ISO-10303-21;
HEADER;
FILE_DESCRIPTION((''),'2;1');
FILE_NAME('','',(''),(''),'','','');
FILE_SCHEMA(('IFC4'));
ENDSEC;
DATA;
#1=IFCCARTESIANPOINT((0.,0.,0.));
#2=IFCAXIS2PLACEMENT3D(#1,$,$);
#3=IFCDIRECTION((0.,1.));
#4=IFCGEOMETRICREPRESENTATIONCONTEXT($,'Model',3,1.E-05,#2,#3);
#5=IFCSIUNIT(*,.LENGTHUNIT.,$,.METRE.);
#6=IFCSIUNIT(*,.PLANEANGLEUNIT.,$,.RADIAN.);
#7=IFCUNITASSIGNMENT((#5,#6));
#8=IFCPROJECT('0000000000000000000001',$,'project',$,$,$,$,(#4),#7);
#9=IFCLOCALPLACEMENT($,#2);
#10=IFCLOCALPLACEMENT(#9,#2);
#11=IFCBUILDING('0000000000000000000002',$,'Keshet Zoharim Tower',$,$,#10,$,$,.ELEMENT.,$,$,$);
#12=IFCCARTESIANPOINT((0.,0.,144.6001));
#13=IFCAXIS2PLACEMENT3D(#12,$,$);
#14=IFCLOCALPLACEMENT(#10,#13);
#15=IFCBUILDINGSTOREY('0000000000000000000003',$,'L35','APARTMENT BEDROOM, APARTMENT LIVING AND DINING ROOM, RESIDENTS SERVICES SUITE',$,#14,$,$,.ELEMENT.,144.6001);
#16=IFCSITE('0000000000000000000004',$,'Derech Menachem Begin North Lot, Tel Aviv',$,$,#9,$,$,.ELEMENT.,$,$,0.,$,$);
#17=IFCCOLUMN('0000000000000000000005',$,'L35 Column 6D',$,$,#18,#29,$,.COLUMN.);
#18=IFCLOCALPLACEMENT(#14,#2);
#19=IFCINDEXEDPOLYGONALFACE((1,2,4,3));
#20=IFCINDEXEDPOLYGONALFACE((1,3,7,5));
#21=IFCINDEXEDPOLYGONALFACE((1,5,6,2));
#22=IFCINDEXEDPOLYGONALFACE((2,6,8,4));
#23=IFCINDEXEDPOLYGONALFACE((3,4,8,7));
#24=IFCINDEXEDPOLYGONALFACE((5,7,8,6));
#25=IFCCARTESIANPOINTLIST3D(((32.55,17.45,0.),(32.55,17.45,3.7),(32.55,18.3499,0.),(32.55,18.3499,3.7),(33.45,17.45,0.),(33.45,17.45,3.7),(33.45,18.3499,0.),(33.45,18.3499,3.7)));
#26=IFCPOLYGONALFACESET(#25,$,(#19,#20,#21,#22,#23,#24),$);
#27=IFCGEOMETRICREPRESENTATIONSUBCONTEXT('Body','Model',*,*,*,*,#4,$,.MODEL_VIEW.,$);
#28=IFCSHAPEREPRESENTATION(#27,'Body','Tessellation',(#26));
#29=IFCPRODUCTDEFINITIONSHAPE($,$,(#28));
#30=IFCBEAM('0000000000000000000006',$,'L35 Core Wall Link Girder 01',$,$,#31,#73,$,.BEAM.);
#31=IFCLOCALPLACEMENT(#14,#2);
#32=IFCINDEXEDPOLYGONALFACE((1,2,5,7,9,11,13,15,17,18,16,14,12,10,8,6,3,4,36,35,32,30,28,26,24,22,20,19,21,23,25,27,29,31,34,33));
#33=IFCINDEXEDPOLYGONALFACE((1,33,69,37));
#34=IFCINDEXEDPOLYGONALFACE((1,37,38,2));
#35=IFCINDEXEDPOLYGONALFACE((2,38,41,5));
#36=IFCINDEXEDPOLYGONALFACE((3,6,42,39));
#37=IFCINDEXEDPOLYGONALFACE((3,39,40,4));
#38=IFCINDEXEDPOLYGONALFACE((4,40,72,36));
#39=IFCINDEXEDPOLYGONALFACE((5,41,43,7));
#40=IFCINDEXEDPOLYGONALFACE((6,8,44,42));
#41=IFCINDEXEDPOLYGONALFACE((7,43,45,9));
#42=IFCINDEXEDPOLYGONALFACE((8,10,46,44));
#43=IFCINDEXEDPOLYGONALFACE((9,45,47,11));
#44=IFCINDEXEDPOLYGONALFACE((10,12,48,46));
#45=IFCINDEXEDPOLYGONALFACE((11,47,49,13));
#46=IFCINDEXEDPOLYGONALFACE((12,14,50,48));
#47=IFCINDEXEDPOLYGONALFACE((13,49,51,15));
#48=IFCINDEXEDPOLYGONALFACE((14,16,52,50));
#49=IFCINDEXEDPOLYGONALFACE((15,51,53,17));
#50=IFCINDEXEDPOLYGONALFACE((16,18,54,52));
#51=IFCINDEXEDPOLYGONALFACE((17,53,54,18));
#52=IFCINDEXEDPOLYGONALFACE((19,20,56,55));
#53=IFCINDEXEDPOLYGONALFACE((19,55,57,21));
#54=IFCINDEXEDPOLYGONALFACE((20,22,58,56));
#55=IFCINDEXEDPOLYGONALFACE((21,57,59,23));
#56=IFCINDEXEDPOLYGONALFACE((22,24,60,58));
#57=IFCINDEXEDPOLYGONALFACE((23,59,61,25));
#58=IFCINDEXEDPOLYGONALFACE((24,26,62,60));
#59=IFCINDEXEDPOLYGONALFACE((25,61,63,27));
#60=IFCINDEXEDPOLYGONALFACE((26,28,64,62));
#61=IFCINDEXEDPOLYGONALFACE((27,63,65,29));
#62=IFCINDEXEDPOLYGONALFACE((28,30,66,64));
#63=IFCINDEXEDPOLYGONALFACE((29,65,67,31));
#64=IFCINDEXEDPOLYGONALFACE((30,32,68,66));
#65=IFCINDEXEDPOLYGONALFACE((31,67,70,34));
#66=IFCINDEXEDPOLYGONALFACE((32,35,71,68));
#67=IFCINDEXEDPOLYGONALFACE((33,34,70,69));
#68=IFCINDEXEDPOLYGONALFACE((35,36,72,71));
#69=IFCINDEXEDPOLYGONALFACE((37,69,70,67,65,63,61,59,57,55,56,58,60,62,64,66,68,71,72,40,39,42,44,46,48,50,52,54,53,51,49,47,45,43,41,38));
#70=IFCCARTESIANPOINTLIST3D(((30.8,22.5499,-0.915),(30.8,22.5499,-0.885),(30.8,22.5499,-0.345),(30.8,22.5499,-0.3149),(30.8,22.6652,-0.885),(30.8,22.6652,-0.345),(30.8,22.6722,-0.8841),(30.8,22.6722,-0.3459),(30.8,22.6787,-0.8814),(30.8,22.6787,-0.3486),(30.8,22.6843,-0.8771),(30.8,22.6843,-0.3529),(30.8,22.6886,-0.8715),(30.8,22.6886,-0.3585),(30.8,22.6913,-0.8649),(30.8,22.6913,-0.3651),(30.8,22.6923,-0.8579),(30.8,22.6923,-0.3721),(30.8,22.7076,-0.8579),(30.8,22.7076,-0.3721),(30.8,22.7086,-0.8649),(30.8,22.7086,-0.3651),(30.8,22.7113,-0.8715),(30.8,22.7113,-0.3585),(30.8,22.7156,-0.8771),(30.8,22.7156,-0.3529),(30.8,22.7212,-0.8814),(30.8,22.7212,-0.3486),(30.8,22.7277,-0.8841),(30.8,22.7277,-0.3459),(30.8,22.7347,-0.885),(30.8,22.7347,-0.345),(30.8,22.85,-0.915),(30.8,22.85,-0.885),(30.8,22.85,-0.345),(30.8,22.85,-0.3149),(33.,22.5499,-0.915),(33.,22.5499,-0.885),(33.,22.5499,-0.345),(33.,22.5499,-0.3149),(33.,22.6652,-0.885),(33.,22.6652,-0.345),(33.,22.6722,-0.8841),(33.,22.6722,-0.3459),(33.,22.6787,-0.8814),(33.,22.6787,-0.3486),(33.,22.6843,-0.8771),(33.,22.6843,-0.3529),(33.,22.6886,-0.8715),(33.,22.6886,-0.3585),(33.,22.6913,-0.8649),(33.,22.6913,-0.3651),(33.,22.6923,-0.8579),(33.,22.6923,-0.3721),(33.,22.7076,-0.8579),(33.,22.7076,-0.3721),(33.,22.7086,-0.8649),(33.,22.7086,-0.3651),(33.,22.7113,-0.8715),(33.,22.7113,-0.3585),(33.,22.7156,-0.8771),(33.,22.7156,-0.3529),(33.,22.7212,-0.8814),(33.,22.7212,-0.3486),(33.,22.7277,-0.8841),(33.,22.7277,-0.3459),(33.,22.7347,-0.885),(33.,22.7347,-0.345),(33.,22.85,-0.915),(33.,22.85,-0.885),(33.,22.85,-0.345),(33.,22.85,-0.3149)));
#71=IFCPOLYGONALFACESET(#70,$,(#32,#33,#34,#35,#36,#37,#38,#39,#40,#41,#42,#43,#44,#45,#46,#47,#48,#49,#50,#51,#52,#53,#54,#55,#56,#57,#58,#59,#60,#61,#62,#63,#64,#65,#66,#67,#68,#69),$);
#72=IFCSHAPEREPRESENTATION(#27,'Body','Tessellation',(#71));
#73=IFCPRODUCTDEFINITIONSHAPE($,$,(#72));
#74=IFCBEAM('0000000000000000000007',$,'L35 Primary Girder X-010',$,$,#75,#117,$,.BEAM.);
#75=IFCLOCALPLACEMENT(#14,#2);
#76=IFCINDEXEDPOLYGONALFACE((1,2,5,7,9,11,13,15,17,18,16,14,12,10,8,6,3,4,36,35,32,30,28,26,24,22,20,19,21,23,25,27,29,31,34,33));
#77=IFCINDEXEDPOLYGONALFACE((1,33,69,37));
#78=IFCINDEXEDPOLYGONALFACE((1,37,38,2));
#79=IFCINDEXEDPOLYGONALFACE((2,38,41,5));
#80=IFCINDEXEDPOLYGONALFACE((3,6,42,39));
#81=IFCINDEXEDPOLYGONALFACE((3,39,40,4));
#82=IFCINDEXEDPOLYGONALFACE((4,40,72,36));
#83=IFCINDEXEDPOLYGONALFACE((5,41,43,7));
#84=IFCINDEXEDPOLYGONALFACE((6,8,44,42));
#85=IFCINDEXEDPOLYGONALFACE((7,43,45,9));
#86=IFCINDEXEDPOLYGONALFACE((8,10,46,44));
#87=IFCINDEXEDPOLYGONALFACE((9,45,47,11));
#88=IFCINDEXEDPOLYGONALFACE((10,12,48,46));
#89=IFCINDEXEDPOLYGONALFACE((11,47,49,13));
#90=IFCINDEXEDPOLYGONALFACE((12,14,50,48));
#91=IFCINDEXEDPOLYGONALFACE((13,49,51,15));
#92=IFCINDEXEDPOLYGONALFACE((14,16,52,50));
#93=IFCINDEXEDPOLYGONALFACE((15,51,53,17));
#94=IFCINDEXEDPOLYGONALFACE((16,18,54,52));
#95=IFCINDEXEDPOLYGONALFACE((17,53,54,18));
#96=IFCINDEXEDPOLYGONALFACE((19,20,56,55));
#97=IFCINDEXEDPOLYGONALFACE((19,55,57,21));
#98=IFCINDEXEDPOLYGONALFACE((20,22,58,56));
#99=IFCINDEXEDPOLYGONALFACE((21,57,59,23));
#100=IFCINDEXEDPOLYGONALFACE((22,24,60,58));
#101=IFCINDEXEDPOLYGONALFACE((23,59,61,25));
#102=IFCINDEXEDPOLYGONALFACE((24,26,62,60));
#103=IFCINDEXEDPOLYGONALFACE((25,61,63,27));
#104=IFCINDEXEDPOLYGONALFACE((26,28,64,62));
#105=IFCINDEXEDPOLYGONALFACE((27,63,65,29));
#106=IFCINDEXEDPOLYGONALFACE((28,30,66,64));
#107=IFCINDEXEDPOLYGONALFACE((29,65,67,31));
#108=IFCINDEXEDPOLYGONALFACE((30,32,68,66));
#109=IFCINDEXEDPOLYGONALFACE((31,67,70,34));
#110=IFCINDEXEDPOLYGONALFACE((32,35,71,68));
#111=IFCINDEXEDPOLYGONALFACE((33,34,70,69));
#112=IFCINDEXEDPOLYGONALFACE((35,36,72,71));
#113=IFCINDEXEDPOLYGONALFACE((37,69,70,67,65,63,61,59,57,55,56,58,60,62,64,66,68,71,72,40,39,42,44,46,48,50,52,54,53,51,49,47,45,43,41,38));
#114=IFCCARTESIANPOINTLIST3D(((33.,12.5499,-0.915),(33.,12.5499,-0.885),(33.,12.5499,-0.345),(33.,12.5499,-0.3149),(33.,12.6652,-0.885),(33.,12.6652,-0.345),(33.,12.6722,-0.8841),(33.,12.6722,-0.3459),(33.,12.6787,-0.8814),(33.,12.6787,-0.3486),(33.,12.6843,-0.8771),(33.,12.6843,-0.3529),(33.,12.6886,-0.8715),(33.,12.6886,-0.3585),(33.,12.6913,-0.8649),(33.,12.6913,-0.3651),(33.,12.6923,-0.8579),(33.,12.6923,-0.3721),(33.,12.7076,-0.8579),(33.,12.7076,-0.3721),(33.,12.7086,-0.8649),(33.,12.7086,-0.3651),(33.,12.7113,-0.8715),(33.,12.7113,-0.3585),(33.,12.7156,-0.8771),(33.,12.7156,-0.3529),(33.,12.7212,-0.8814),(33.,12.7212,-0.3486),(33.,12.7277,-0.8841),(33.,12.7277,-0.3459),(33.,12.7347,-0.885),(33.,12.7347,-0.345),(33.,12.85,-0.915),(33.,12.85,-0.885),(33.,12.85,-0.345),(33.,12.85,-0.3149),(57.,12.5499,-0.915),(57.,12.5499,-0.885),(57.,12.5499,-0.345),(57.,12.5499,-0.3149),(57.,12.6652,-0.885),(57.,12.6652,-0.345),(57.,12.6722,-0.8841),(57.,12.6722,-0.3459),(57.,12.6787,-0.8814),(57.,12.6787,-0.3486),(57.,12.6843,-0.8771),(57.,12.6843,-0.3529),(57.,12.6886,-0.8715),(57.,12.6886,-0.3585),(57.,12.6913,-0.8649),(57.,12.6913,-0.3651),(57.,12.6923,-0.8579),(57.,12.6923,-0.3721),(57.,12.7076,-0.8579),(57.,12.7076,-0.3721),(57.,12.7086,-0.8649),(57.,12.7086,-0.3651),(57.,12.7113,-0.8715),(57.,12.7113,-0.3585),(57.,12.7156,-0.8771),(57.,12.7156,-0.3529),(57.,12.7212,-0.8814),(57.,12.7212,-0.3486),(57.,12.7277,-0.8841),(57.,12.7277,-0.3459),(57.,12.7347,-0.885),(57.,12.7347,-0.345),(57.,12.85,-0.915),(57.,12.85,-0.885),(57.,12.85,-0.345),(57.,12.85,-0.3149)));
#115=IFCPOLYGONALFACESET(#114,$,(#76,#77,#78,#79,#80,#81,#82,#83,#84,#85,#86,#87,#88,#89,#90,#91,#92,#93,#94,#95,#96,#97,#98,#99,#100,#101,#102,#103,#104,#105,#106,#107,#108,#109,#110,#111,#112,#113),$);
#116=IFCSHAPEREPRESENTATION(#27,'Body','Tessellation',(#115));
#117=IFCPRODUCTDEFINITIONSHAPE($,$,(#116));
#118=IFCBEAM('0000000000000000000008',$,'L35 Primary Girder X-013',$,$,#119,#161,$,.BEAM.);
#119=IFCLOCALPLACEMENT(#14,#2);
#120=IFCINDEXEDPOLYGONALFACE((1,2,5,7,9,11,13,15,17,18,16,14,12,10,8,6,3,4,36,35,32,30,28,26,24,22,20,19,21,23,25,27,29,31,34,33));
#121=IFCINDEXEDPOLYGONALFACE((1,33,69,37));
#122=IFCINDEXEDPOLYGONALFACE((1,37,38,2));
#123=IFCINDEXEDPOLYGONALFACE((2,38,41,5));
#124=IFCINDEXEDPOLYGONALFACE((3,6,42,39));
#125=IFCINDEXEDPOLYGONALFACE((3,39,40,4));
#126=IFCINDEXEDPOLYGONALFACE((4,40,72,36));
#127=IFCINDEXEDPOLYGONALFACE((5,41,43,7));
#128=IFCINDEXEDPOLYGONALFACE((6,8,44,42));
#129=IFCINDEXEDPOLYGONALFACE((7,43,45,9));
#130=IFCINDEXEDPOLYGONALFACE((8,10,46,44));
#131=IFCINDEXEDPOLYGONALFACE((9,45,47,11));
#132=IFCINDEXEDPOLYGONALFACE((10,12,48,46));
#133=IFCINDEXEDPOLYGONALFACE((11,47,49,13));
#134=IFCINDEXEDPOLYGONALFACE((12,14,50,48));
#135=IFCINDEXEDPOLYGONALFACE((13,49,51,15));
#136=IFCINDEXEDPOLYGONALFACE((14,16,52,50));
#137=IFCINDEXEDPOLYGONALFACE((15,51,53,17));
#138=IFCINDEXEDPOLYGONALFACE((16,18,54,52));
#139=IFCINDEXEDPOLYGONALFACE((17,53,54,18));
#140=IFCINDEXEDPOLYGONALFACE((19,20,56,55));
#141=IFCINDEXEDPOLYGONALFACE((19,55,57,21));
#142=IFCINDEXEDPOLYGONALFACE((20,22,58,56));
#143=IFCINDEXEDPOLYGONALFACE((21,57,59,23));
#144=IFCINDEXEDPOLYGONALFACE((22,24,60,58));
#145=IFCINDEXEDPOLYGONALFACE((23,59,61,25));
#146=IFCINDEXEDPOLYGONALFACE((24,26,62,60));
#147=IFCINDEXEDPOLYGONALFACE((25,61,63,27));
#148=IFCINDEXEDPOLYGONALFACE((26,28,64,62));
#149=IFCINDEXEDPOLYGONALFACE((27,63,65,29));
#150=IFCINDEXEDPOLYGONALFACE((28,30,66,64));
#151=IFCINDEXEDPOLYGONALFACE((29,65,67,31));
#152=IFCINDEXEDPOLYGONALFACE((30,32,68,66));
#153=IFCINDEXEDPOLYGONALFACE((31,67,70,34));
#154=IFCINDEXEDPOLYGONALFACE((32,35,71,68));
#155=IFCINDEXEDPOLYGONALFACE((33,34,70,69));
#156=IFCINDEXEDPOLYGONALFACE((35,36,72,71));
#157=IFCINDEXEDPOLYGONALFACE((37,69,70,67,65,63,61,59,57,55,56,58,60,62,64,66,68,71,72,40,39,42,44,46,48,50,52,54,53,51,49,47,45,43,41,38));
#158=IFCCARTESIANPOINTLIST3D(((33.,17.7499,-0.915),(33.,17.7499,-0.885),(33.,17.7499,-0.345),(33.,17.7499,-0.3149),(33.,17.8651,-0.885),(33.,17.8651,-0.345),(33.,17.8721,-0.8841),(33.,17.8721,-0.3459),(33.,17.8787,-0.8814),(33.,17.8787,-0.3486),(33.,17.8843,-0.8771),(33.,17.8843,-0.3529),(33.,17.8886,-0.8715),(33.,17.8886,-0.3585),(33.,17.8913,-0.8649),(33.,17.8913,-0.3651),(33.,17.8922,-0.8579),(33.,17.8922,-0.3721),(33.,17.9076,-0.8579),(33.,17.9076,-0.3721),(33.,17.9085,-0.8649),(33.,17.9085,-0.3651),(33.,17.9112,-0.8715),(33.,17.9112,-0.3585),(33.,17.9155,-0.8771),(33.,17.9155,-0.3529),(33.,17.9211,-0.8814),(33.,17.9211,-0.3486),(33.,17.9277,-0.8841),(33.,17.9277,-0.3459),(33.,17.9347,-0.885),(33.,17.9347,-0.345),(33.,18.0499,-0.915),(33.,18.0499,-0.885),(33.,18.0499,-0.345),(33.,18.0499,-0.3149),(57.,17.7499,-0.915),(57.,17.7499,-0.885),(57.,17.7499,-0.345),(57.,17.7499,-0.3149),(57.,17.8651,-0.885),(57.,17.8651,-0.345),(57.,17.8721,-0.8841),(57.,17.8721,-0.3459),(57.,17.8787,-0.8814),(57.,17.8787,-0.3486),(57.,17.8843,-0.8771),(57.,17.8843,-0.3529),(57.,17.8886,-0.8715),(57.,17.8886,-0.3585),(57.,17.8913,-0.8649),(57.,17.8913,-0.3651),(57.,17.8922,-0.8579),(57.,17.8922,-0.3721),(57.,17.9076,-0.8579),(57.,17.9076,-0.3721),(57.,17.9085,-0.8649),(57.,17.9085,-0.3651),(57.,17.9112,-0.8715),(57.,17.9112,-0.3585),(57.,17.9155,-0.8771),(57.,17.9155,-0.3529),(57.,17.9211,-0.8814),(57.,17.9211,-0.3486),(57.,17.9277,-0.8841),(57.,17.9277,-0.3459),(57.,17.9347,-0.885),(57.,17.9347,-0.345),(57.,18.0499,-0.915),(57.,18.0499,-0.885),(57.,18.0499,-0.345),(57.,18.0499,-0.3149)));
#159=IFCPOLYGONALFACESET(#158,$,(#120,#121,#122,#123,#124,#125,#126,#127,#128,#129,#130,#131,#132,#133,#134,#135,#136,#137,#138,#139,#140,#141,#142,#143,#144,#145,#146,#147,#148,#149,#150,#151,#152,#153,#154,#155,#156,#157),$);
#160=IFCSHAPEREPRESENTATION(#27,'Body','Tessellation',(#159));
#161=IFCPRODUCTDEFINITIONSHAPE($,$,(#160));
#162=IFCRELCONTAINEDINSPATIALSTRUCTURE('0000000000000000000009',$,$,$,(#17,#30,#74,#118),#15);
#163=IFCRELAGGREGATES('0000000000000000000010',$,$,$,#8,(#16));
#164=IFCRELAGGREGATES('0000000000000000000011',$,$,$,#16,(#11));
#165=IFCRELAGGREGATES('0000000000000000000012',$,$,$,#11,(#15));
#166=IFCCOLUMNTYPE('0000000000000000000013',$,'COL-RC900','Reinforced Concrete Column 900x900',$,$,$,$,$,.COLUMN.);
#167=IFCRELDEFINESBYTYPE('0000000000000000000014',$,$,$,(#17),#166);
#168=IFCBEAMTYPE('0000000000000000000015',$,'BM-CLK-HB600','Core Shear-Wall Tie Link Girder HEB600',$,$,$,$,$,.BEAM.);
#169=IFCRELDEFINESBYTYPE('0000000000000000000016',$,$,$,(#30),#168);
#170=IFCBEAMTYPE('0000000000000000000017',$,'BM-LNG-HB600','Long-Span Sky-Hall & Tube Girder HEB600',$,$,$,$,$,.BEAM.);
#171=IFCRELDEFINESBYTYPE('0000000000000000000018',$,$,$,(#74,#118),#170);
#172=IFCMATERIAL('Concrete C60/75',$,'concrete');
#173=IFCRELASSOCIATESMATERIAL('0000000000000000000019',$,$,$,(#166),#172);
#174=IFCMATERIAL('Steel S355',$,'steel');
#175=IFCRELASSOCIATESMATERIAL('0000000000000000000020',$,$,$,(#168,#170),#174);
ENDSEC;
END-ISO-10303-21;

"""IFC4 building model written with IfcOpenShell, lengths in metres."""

from ifc_helpers import new_model, si_unit, direction, frame, origin, origin_2d, place, context, subcontext, project, spatial, rectangle, i_section, extrude, material, material_profile, profile_set, type_object, element, save


model = new_model("IFC4")

# Units and contexts
model_context = context("Model", 3, precision=1e-05, world=origin(), true_north=direction((0.0, 1.0)))
body_context = subcontext(model_context, "Body", "Model", "MODEL_VIEW")
ifc_project = project(units=[si_unit("LENGTHUNIT", "METRE"), si_unit("PLANEANGLEUNIT", "RADIAN")], contexts=[model_context])

# Site, building, storey
site_placement = place(None, origin())
site = spatial("IfcSite", under=ifc_project, at=site_placement, Name="Derech Menachem Begin North Lot, Tel Aviv", CompositionType="ELEMENT", RefElevation=0.0)
building_placement = place(site_placement, origin())
building = spatial("IfcBuilding", under=site, at=building_placement, Name="Keshet Zoharim Tower", CompositionType="ELEMENT")
storey_placement = place(building_placement, frame((0.0, 0.0, 144.6001)))
storey = spatial("IfcBuildingStorey", under=building, at=storey_placement, Name="L35", Description="APARTMENT BEDROOM, APARTMENT LIVING AND DINING ROOM, RESIDENTS SERVICES SUITE", CompositionType="ELEMENT", Elevation=144.6001)

# Column
ifc_material_1 = material(Name="Concrete C60/75", Category="concrete")
ifc_material_profile_1 = material_profile(ifc_material_1, rectangle(XDim=0.8999, YDim=0.8999, at=origin_2d()), Name="RC900x900")
ifc_profile_set_1 = profile_set([ifc_material_profile_1], Name="Concrete C60/75")
column_type = type_object("IfcColumnType", Name="COL-RC900", Description="Reinforced Concrete Column 900x900", PredefinedType="COLUMN", material=ifc_profile_set_1)
column_placement = place(storey_placement, frame((33.0, 17.8999, 0.0), z_axis=(0.0, 0.0, 1.0), x_axis=(1.0, 0.0, 0.0)))
element("IfcColumn", 1, at=column_placement, inside=storey, type_object=column_type, Name="L35 Column 6D", PredefinedType="COLUMN", context=body_context, shape_type="SweptSolid", body=[
    extrude(rectangle(XDim=0.8999, YDim=0.8999, at=origin_2d()), origin(), (0.0, 0.0, 1.0), 3.7),
])

# Beams
ifc_material_2 = material(Name="Steel S355", Category="steel")
ifc_material_profile_2 = material_profile(ifc_material_2, i_section(OverallWidth=0.3, OverallDepth=0.6001, WebThickness=0.0154, FlangeThickness=0.03, FilletRadius=0.0271, at=origin_2d()), Name="HEB600")
ifc_profile_set_2 = profile_set([ifc_material_profile_2], Name="Steel S355")
beam_type_1 = type_object("IfcBeamType", Name="BM-CLK-HB600", Description="Core Shear-Wall Tie Link Girder HEB600", PredefinedType="BEAM", material=ifc_profile_set_2)
beam_1_placement = place(storey_placement, frame((30.8, 22.7, -0.615), z_axis=(1.0, 0.0, 0.0), x_axis=(0.0, 1.0, 0.0)))
element("IfcBeam", 2, at=beam_1_placement, inside=storey, type_object=beam_type_1, Name="L35 Core Wall Link Girder 01", PredefinedType="BEAM", context=body_context, shape_type="SweptSolid", body=[
    extrude(i_section(OverallWidth=0.3, OverallDepth=0.6001, WebThickness=0.0154, FlangeThickness=0.03, FilletRadius=0.0271, at=origin_2d()), origin(), (0.0, 0.0, 1.0), 2.2),
])
ifc_material_profile_3 = material_profile(ifc_material_2, i_section(OverallWidth=0.3, OverallDepth=0.6001, WebThickness=0.0154, FlangeThickness=0.03, FilletRadius=0.0271, at=origin_2d()), Name="HEB600")
ifc_profile_set_3 = profile_set([ifc_material_profile_3], Name="Steel S355")
beam_type_2 = type_object("IfcBeamType", Name="BM-LNG-HB600", Description="Long-Span Sky-Hall & Tube Girder HEB600", PredefinedType="BEAM", material=ifc_profile_set_3)
for number, where, z_axis, x_axis, name in (
    (3, (33.0, 12.7, -0.615), (1.0, 0.0, 0.0), (0.0, 1.0, 0.0), "L35 Primary Girder X-010"),
    (4, (33.0, 17.8999, -0.615), (1.0, 0.0, 0.0), (0.0, 1.0, 0.0), "L35 Primary Girder X-013"),
):
    element("IfcBeam", number, at=place(storey_placement, frame(where, z_axis=z_axis, x_axis=x_axis)), inside=storey, type_object=beam_type_2, Name=name, PredefinedType="BEAM", context=body_context, shape_type="SweptSolid", body=[
        extrude(i_section(OverallWidth=0.3, OverallDepth=0.6001, WebThickness=0.0154, FlangeThickness=0.03, FilletRadius=0.0271, at=origin_2d()), origin(), (0.0, 0.0, 1.0), 24.0),
    ])

save(model, "model.ifc")
